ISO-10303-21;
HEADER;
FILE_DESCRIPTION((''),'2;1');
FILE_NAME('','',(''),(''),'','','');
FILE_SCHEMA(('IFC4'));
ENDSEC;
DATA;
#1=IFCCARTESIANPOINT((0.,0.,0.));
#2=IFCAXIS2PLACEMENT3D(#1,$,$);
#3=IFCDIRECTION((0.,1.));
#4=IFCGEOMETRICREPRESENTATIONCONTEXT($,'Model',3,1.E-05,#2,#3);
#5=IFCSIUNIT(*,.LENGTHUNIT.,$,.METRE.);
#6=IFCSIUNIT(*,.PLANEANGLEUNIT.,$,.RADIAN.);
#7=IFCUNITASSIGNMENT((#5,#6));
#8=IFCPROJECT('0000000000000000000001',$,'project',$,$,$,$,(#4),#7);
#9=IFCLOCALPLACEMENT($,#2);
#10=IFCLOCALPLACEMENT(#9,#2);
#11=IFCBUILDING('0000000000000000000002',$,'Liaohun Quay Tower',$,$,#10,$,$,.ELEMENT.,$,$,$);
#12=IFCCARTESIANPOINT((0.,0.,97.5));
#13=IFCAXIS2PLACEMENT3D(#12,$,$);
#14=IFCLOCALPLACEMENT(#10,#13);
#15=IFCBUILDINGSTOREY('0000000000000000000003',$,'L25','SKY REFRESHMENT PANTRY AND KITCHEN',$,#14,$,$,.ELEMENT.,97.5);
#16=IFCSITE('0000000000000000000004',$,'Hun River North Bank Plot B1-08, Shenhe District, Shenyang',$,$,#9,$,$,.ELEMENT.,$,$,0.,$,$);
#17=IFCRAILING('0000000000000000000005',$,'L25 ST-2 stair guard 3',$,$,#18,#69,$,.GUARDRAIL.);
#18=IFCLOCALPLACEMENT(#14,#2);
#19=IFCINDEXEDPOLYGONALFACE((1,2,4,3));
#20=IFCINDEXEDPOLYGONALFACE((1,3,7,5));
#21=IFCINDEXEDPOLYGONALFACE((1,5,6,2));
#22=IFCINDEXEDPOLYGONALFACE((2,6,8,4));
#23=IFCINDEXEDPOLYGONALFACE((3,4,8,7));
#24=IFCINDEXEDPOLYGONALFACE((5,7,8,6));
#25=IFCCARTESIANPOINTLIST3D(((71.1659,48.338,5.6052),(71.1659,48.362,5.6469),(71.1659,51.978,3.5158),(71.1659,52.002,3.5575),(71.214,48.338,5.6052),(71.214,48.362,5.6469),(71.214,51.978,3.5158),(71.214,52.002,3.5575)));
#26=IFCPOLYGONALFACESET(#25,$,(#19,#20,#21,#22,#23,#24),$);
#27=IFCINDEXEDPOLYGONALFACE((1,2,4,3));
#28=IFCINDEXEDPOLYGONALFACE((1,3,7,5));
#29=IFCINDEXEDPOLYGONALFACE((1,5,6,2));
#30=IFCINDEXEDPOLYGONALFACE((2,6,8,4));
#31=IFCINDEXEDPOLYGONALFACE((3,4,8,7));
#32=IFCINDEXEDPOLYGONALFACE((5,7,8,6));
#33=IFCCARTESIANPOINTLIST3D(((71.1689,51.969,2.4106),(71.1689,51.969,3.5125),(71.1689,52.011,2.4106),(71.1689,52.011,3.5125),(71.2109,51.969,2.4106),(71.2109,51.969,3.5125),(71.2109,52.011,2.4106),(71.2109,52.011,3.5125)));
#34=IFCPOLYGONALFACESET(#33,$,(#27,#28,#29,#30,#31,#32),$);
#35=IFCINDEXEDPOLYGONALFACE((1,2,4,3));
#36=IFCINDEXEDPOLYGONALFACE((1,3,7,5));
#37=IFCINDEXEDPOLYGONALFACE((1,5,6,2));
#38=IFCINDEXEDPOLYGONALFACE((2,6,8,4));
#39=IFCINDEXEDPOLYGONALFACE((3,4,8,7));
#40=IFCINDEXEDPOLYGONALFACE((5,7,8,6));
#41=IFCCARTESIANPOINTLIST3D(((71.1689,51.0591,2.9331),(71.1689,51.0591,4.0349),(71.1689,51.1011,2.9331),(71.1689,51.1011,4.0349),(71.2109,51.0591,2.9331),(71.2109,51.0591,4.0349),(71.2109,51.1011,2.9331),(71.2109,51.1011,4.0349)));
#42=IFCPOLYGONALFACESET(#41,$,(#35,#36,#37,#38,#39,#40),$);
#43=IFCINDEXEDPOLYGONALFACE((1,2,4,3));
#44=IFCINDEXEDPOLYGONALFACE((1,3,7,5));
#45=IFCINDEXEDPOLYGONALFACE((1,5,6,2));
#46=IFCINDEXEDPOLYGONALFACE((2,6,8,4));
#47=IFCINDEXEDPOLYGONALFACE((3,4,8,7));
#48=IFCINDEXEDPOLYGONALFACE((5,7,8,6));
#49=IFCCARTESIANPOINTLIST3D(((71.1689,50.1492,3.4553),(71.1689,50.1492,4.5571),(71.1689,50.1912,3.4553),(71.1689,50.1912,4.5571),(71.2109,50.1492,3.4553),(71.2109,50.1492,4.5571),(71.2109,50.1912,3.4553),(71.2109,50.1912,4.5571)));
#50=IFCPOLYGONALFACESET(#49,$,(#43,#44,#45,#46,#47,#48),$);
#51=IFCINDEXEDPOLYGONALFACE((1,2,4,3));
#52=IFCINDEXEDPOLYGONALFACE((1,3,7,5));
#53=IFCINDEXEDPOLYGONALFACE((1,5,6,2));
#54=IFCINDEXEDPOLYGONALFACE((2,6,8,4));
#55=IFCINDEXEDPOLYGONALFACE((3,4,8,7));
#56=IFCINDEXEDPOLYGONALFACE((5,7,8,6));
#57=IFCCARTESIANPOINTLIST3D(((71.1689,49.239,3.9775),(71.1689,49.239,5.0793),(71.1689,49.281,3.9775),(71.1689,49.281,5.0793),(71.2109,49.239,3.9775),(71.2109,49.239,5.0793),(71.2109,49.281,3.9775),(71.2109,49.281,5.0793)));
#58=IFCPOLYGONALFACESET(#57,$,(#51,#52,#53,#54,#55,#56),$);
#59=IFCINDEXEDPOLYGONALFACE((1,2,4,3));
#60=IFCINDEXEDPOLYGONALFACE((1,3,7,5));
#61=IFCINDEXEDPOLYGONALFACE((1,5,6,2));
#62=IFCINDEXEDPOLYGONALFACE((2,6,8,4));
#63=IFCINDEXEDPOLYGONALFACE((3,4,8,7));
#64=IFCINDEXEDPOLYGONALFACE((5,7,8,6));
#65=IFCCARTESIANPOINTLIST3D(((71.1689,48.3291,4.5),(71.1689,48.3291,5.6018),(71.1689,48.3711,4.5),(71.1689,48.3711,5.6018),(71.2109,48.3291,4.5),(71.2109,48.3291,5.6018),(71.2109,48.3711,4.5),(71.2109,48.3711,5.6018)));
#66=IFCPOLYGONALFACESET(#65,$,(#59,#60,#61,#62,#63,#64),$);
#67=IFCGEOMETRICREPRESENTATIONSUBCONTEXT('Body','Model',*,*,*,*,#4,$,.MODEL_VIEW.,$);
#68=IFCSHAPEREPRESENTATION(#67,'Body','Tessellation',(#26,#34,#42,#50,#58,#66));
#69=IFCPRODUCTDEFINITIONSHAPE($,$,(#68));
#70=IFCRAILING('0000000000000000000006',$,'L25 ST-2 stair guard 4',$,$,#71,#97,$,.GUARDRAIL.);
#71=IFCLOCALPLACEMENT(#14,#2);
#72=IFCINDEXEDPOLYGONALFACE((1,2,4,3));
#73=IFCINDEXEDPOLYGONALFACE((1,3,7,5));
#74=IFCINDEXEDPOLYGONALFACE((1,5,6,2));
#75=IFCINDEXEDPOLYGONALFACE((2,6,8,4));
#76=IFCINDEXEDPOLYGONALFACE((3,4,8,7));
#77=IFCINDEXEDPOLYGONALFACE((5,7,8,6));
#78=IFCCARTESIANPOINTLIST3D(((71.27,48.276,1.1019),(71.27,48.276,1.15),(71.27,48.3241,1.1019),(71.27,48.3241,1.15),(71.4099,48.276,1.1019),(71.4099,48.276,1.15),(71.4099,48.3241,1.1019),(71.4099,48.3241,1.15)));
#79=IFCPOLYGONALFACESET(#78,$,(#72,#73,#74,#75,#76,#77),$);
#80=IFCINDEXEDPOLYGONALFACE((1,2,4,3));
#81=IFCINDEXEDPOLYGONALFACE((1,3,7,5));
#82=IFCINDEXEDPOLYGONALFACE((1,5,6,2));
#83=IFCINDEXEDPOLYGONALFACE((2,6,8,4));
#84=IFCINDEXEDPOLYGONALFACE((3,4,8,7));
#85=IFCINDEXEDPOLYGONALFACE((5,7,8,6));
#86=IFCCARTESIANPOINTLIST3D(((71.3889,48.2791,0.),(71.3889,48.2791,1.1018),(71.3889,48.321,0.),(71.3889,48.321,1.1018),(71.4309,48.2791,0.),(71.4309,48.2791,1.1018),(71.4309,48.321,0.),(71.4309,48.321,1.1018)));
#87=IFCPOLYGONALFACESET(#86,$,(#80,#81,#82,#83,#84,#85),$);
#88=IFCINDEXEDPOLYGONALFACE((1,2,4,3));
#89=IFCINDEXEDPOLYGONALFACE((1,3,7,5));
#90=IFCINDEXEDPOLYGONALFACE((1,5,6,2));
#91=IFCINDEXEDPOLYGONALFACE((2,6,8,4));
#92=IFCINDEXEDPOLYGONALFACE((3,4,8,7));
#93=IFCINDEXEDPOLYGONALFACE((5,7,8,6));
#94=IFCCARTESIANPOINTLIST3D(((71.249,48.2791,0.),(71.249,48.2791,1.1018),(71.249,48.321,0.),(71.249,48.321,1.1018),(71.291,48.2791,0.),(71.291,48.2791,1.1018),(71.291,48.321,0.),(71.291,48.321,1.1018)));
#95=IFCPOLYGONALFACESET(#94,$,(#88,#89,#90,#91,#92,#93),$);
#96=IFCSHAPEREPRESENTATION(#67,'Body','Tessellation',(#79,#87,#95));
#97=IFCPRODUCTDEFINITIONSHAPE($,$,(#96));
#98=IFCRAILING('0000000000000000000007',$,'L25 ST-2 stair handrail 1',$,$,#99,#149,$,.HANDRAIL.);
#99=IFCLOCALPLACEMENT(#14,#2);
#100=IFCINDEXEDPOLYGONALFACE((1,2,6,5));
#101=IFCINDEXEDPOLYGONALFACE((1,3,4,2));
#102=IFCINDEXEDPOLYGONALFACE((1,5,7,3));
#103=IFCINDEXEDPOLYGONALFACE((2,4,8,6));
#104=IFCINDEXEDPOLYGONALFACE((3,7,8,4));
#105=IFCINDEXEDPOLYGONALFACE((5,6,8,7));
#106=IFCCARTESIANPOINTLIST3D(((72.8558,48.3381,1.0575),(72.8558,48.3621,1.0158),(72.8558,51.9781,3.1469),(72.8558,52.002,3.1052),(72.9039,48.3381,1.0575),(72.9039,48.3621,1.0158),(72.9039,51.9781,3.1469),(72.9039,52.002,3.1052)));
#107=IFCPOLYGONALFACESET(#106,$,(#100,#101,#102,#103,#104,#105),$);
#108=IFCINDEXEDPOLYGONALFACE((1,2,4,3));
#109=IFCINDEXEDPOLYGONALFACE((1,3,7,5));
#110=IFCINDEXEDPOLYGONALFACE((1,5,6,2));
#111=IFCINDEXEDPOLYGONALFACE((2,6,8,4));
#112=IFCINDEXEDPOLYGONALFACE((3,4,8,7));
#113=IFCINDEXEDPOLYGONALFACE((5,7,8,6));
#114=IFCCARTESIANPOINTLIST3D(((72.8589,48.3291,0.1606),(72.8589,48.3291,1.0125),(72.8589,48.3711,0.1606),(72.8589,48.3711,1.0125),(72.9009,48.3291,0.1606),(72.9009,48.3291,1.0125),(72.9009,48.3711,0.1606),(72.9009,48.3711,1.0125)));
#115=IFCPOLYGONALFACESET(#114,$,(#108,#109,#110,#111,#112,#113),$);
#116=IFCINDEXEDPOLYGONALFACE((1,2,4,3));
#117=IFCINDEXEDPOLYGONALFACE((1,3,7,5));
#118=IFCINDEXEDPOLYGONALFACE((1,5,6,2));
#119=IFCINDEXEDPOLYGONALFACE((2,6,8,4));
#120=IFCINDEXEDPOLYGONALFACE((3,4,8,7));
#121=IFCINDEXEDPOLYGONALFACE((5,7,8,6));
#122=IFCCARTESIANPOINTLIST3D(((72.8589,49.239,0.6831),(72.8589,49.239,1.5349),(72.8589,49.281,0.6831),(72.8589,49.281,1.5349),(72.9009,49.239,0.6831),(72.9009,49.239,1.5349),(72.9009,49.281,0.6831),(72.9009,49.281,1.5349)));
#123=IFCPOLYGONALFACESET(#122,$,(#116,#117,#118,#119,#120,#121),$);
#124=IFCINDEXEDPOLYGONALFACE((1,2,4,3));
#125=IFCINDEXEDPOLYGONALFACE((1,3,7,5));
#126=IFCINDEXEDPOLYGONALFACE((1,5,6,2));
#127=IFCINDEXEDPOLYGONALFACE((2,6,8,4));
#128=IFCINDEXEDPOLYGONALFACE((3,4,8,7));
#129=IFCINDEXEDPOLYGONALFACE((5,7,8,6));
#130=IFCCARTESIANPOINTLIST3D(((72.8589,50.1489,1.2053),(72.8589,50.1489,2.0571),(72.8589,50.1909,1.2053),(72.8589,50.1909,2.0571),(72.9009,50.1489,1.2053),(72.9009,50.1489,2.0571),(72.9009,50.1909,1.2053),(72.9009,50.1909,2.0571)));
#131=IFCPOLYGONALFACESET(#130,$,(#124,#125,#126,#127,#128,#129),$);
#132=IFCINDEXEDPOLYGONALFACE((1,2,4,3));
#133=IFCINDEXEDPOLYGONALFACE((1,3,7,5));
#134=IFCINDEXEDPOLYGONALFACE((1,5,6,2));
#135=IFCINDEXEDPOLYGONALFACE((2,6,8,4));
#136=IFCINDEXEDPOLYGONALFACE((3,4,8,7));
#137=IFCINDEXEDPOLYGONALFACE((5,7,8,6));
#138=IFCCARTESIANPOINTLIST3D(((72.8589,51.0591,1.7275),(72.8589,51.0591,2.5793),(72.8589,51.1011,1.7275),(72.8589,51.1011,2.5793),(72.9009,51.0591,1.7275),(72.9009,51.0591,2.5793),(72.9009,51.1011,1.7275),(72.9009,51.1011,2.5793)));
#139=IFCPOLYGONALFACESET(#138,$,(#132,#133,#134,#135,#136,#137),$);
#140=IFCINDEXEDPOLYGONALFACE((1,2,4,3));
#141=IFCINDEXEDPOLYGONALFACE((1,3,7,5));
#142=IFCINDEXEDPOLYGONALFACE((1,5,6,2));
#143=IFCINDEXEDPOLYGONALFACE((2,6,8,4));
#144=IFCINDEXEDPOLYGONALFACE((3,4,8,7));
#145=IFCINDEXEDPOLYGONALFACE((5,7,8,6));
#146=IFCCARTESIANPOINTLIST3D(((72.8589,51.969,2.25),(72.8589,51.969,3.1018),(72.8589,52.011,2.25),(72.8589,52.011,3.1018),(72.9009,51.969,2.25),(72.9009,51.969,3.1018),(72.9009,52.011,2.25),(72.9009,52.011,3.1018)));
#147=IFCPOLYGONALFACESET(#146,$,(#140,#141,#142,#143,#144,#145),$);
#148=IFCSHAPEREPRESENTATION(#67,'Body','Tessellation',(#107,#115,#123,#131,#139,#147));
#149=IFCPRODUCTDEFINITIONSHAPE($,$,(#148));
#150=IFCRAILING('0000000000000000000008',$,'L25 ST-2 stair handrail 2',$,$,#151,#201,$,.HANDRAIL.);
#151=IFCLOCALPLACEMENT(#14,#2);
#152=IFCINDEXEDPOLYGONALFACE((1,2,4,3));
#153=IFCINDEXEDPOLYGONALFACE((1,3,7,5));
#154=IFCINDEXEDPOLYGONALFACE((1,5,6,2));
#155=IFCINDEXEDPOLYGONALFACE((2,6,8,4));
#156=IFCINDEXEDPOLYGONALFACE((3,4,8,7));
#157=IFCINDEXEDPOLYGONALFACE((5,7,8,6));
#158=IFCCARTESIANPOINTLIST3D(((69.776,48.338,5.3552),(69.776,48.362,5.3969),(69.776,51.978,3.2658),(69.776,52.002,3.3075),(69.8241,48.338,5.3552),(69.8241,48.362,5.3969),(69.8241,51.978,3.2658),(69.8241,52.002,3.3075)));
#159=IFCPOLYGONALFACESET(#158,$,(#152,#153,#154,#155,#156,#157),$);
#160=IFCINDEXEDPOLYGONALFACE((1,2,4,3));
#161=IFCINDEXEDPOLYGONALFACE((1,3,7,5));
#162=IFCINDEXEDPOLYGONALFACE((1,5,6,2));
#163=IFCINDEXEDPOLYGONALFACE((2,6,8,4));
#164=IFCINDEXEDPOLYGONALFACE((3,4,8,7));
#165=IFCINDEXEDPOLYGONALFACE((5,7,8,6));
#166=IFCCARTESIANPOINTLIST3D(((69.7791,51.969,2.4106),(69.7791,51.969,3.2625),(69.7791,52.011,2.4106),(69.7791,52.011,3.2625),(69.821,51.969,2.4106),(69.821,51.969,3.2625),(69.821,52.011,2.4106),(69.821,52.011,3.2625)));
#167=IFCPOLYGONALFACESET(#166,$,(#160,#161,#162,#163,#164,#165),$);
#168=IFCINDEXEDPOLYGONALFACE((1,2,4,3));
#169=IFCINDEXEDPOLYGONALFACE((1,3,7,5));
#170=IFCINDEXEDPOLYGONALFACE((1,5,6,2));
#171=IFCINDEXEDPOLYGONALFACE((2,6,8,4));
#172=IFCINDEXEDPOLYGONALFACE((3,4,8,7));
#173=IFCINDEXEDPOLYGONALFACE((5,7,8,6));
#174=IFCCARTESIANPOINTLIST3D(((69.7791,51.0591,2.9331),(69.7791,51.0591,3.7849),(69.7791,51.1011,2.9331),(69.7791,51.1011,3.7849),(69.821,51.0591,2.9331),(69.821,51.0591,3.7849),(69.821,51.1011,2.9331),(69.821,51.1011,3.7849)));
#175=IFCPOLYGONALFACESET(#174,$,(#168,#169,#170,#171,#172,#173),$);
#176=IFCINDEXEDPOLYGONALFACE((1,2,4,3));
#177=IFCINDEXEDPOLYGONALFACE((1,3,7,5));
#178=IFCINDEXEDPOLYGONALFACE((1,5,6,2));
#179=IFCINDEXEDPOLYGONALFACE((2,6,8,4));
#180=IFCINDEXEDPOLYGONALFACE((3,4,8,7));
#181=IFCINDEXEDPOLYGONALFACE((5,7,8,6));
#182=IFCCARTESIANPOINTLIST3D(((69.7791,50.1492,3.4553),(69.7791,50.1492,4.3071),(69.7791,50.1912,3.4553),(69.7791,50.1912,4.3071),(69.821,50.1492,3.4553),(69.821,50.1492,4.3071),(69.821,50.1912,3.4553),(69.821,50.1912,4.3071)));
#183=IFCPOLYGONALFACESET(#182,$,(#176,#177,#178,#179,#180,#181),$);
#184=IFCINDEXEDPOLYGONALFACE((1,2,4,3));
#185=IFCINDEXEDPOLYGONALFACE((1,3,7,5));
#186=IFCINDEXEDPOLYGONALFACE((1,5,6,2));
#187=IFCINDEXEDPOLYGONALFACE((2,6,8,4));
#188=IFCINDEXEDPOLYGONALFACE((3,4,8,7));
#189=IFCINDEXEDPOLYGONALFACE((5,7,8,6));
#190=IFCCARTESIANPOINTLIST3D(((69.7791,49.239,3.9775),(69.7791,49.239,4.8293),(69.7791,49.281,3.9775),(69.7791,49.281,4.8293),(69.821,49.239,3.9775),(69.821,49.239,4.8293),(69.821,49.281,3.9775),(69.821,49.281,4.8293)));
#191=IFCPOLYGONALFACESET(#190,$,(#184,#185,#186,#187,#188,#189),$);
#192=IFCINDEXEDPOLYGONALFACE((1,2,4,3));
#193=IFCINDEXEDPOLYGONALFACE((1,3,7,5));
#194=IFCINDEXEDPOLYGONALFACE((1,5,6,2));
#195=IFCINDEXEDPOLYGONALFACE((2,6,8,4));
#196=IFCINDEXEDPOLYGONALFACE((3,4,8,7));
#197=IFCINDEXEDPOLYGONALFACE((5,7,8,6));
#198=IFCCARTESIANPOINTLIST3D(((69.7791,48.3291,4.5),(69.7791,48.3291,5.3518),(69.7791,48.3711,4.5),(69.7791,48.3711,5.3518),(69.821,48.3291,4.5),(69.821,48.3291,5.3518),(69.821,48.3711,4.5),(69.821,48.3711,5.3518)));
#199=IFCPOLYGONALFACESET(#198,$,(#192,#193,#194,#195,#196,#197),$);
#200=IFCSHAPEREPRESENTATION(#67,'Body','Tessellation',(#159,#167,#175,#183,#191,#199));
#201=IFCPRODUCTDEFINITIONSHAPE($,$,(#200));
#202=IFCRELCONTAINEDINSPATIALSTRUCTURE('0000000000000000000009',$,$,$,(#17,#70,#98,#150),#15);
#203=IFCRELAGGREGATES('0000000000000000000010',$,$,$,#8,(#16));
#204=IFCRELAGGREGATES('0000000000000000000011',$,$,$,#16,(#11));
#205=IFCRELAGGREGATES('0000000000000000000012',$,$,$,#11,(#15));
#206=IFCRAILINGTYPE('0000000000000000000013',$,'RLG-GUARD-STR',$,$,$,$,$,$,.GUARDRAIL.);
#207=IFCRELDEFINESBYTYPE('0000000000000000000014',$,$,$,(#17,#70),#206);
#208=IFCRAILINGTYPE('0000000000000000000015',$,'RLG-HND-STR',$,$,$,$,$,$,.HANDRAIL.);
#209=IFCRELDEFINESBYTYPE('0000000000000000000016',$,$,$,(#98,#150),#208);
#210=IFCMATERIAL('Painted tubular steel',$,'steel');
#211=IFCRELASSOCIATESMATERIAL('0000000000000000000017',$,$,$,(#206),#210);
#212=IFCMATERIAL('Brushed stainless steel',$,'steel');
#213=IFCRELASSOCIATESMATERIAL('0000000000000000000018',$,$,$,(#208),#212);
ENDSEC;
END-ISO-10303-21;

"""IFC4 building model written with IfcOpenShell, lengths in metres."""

from ifc_helpers import new_model, si_unit, direction, frame, origin, origin_2d, place, context, subcontext, project, spatial, rectangle, extrude, material, type_object, element, save


model = new_model("IFC4")

# Units and contexts
model_context = context("Model", 3, precision=1e-05, world=origin(), true_north=direction((0.0, 1.0)))
body_context = subcontext(model_context, "Body", "Model", "MODEL_VIEW")
ifc_project = project(units=[si_unit("LENGTHUNIT", "METRE"), si_unit("PLANEANGLEUNIT", "RADIAN")], contexts=[model_context])

# Site, building, storey
site_placement = place(None, origin())
site = spatial("IfcSite", under=ifc_project, at=site_placement, Name="Hun River North Bank Plot B1-08, Shenhe District, Shenyang", CompositionType="ELEMENT", RefElevation=0.0)
building_placement = place(site_placement, origin())
building = spatial("IfcBuilding", under=site, at=building_placement, Name="Liaohun Quay Tower", CompositionType="ELEMENT")
storey_placement = place(building_placement, frame((0.0, 0.0, 97.5)))
storey = spatial("IfcBuildingStorey", under=building, at=storey_placement, Name="L25", Description="SKY REFRESHMENT PANTRY AND KITCHEN", CompositionType="ELEMENT", Elevation=97.5)

# Railings
ifc_material_1 = material(Name="Painted tubular steel", Category="steel")
railing_type_1 = type_object("IfcRailingType", Name="RLG-GUARD-STR", PredefinedType="GUARDRAIL", material=ifc_material_1)
railing_1_placement = place(storey_placement, frame((71.1899, 51.99, 2.4106)))
element("IfcRailing", 1, at=railing_1_placement, inside=storey, type_object=railing_type_1, Name="L25 ST-2 stair guard 3", PredefinedType="GUARDRAIL", context=body_context, shape_type="SweptSolid", body=[
    extrude(rectangle(XDim=0.0481, YDim=0.0481, at=origin_2d()), frame((0.0, 0.0, 1.126), z_axis=(0.0, -0.867275, 0.497829), x_axis=(1.0, 0.0, 0.0)), (0.0, 0.0, 1.0), 4.197),
    extrude(rectangle(XDim=0.042, YDim=0.042, at=origin_2d()), origin(), (0.0, 0.0, 1.0), 1.1018),
    extrude(rectangle(XDim=0.042, YDim=0.042, at=origin_2d()), frame((0.0, -0.9099, 0.5225)), (0.0, 0.0, 1.0), 1.1018),
    extrude(rectangle(XDim=0.042, YDim=0.042, at=origin_2d()), frame((0.0, -1.8198, 1.0447)), (0.0, 0.0, 1.0), 1.1018),
    extrude(rectangle(XDim=0.042, YDim=0.042, at=origin_2d()), frame((0.0, -2.73, 1.5669)), (0.0, 0.0, 1.0), 1.1018),
    extrude(rectangle(XDim=0.042, YDim=0.042, at=origin_2d()), frame((0.0, -3.6399, 2.0894)), (0.0, 0.0, 1.0), 1.1018),
])
railing_2_placement = place(storey_placement, frame((71.4099, 48.3, 0.0)))
element("IfcRailing", 2, at=railing_2_placement, inside=storey, type_object=railing_type_1, Name="L25 ST-2 stair guard 4", PredefinedType="GUARDRAIL", context=body_context, shape_type="SweptSolid", body=[
    extrude(rectangle(XDim=0.0481, YDim=0.0481, at=origin_2d()), frame((0.0, 0.0, 1.126), z_axis=(-1.0, 0.0, 0.0), x_axis=(0.0, -1.0, 0.0)), (0.0, 0.0, 1.0), 0.1399),
    extrude(rectangle(XDim=0.042, YDim=0.042, at=origin_2d()), origin(), (0.0, 0.0, 1.0), 1.1018),
    extrude(rectangle(XDim=0.042, YDim=0.042, at=origin_2d()), frame((-0.1399, 0.0, 0.0)), (0.0, 0.0, 1.0), 1.1018),
])
ifc_material_2 = material(Name="Brushed stainless steel", Category="steel")
railing_type_2 = type_object("IfcRailingType", Name="RLG-HND-STR", PredefinedType="HANDRAIL", material=ifc_material_2)
railing_3_placement = place(storey_placement, frame((72.8799, 48.3501, 0.1606)))
element("IfcRailing", 3, at=railing_3_placement, inside=storey, type_object=railing_type_2, Name="L25 ST-2 stair handrail 1", PredefinedType="HANDRAIL", context=body_context, shape_type="SweptSolid", body=[
    extrude(rectangle(XDim=0.0481, YDim=0.0481, at=origin_2d()), frame((0.0, 0.0, 0.876), z_axis=(0.0, 0.867275, 0.497829), x_axis=(-1.0, 0.0, 0.0)), (0.0, 0.0, 1.0), 4.197),
    extrude(rectangle(XDim=0.042, YDim=0.042, at=origin_2d()), origin(), (0.0, 0.0, 1.0), 0.8518),
    extrude(rectangle(XDim=0.042, YDim=0.042, at=origin_2d()), frame((0.0, 0.9099, 0.5225)), (0.0, 0.0, 1.0), 0.8518),
    extrude(rectangle(XDim=0.042, YDim=0.042, at=origin_2d()), frame((0.0, 1.8198, 1.0447)), (0.0, 0.0, 1.0), 0.8518),
    extrude(rectangle(XDim=0.042, YDim=0.042, at=origin_2d()), frame((0.0, 2.73, 1.5669)), (0.0, 0.0, 1.0), 0.8518),
    extrude(rectangle(XDim=0.042, YDim=0.042, at=origin_2d()), frame((0.0, 3.6399, 2.0894)), (0.0, 0.0, 1.0), 0.8518),
])
railing_4_placement = place(storey_placement, frame((69.8, 51.99, 2.4106)))
element("IfcRailing", 4, at=railing_4_placement, inside=storey, type_object=railing_type_2, Name="L25 ST-2 stair handrail 2", PredefinedType="HANDRAIL", context=body_context, shape_type="SweptSolid", body=[
    extrude(rectangle(XDim=0.0481, YDim=0.0481, at=origin_2d()), frame((0.0, 0.0, 0.876), z_axis=(0.0, -0.867275, 0.497829), x_axis=(1.0, 0.0, 0.0)), (0.0, 0.0, 1.0), 4.197),
    extrude(rectangle(XDim=0.042, YDim=0.042, at=origin_2d()), origin(), (0.0, 0.0, 1.0), 0.8518),
    extrude(rectangle(XDim=0.042, YDim=0.042, at=origin_2d()), frame((0.0, -0.9099, 0.5225)), (0.0, 0.0, 1.0), 0.8518),
    extrude(rectangle(XDim=0.042, YDim=0.042, at=origin_2d()), frame((0.0, -1.8198, 1.0447)), (0.0, 0.0, 1.0), 0.8518),
    extrude(rectangle(XDim=0.042, YDim=0.042, at=origin_2d()), frame((0.0, -2.73, 1.5669)), (0.0, 0.0, 1.0), 0.8518),
    extrude(rectangle(XDim=0.042, YDim=0.042, at=origin_2d()), frame((0.0, -3.6399, 2.0894)), (0.0, 0.0, 1.0), 0.8518),
])

save(model, "model.ifc")
